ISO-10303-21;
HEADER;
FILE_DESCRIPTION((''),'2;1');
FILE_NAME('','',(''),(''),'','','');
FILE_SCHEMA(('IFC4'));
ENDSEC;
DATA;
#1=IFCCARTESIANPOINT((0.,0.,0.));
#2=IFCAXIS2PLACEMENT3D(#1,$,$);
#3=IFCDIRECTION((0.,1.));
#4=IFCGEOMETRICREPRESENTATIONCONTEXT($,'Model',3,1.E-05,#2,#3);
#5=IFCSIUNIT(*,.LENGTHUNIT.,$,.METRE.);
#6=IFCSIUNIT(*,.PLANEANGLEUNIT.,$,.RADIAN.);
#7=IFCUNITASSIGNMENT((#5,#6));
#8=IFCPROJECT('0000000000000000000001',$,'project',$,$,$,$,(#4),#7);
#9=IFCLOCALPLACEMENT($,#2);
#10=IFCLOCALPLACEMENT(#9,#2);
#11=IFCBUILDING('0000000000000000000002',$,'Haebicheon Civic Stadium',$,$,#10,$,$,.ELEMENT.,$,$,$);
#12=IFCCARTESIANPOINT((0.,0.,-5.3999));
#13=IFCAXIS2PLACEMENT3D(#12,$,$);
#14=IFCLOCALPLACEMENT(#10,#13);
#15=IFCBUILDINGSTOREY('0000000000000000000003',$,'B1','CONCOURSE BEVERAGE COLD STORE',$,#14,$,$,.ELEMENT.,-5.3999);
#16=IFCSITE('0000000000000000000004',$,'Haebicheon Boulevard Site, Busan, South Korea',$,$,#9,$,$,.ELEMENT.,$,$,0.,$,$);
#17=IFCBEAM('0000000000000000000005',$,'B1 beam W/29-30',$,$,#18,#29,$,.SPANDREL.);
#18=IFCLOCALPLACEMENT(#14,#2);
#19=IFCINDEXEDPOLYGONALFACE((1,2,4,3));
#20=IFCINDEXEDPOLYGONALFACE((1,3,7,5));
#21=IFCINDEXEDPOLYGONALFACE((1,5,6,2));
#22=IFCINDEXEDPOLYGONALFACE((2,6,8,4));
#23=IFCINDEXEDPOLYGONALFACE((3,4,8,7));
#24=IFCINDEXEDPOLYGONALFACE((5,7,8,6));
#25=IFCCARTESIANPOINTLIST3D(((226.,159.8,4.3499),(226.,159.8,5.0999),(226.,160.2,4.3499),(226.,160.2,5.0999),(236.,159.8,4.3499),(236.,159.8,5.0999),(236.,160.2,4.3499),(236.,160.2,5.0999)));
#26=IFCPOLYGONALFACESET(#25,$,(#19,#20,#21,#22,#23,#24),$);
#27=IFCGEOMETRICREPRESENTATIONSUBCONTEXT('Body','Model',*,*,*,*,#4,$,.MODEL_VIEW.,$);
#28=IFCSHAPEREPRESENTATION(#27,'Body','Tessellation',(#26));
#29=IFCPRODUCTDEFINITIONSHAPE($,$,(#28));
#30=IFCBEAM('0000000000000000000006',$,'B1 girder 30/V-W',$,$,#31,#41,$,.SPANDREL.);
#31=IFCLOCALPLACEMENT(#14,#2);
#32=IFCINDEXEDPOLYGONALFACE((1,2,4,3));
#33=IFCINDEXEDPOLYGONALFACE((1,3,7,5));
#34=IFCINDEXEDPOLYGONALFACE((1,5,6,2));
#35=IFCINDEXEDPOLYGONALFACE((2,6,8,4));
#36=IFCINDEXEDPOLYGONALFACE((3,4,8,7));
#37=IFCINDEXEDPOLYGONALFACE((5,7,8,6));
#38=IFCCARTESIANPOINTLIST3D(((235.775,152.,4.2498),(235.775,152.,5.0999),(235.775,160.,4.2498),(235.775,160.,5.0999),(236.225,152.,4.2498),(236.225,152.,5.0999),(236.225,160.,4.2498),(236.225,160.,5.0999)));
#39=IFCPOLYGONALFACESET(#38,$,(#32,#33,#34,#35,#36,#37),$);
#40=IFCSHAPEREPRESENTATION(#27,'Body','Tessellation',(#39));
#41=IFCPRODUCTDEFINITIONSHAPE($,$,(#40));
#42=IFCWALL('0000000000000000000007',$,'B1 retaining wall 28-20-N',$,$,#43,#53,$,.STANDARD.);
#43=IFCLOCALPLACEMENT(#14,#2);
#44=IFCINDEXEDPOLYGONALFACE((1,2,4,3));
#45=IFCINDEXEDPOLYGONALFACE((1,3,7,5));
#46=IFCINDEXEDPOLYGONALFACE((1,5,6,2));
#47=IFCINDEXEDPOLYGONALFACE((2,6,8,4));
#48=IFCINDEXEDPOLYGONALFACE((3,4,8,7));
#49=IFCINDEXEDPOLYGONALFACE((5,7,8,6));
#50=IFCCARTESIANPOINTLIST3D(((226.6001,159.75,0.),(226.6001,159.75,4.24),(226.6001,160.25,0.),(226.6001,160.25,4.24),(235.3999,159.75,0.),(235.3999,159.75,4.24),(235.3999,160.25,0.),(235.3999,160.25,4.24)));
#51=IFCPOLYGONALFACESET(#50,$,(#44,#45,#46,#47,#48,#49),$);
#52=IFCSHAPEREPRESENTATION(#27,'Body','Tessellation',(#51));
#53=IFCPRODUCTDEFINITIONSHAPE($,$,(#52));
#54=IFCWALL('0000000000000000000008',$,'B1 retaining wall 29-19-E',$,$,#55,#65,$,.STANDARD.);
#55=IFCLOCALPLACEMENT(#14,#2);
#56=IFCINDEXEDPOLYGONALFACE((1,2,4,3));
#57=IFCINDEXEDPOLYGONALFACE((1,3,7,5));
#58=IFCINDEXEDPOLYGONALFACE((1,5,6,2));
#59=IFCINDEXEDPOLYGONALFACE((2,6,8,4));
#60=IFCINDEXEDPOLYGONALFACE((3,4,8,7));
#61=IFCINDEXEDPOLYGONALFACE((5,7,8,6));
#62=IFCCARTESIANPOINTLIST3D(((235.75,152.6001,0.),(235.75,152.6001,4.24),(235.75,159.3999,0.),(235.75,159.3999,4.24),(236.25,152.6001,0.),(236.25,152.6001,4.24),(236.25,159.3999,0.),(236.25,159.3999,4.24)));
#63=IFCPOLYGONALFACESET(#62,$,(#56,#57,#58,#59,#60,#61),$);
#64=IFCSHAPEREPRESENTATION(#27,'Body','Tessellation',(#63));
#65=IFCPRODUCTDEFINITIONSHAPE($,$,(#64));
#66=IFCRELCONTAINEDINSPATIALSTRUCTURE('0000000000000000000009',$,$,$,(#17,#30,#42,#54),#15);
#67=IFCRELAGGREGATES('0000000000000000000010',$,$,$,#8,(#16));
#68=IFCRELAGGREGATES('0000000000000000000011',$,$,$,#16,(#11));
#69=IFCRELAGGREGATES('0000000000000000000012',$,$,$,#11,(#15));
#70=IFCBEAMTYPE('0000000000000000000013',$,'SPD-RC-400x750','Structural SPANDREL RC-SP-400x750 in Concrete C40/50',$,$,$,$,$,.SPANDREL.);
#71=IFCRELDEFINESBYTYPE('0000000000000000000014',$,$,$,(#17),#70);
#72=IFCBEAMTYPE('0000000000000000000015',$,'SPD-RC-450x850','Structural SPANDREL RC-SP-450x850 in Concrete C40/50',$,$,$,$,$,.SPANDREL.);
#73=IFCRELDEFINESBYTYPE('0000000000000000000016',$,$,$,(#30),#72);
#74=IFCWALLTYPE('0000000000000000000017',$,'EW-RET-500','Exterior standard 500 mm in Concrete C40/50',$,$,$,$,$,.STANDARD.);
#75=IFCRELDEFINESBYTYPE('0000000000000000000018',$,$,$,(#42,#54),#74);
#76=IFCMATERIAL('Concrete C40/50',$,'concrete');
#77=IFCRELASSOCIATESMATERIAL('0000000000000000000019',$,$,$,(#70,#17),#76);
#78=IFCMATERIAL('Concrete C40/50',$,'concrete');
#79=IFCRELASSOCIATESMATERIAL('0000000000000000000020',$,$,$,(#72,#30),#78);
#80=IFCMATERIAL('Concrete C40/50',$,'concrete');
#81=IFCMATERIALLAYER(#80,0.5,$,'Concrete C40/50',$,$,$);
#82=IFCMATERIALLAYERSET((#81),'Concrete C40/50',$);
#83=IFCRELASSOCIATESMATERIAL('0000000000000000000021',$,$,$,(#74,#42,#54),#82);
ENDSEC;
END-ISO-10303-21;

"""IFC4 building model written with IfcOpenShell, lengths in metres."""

from ifc_helpers import new_model, si_unit, direction, frame, frame_2d, origin, origin_2d, place, context, subcontext, project, spatial, rectangle, extrude, material, layer, layer_set, material_profile, profile_set, type_object, element, save


model = new_model("IFC4")

# Units and contexts
model_context = context("Model", 3, precision=1e-05, world=origin(), true_north=direction((0.0, 1.0)))
body_context = subcontext(model_context, "Body", "Model", "MODEL_VIEW")
ifc_project = project(units=[si_unit("LENGTHUNIT", "METRE"), si_unit("PLANEANGLEUNIT", "RADIAN")], contexts=[model_context])

# Site, building, storey
site_placement = place(None, origin())
site = spatial("IfcSite", under=ifc_project, at=site_placement, Name="Haebicheon Boulevard Site, Busan, South Korea", CompositionType="ELEMENT", RefElevation=0.0)
building_placement = place(site_placement, origin())
building = spatial("IfcBuilding", under=site, at=building_placement, Name="Haebicheon Civic Stadium", CompositionType="ELEMENT")
storey_placement = place(building_placement, frame((0.0, 0.0, -5.3999)))
storey = spatial("IfcBuildingStorey", under=building, at=storey_placement, Name="B1", Description="CONCOURSE BEVERAGE COLD STORE", CompositionType="ELEMENT", Elevation=-5.3999)

# Beams
ifc_material_1 = material(Name="Concrete C40/50", Category="concrete")
ifc_material_profile_1 = material_profile(ifc_material_1, rectangle(XDim=0.3999, YDim=0.75, at=origin_2d()), Name="RC-SP-400x750")
ifc_profile_set_1 = profile_set([ifc_material_profile_1], Name="Concrete C40/50")
beam_type_1 = type_object("IfcBeamType", Name="SPD-RC-400x750", Description="Structural SPANDREL RC-SP-400x750 in Concrete C40/50", PredefinedType="SPANDREL", material=ifc_profile_set_1)
beam_1_placement = place(storey_placement, frame((226.0, 160.0, 4.7249), z_axis=(1.0, 0.0, 0.0), x_axis=(0.0, 1.0, 0.0)))
element("IfcBeam", 1, at=beam_1_placement, inside=storey, type_object=beam_type_1, material=ifc_profile_set_1, Name="B1 beam W/29-30", PredefinedType="SPANDREL", context=body_context, shape_type="SweptSolid", body=[
    extrude(rectangle(XDim=0.3999, YDim=0.75, at=origin_2d()), origin(), (0.0, 0.0, 1.0), 10.0),
])
ifc_material_2 = material(Name="Concrete C40/50", Category="concrete")
ifc_material_profile_2 = material_profile(ifc_material_2, rectangle(XDim=0.45, YDim=0.8501, at=origin_2d()), Name="RC-SP-450x850")
ifc_profile_set_2 = profile_set([ifc_material_profile_2], Name="Concrete C40/50")
beam_type_2 = type_object("IfcBeamType", Name="SPD-RC-450x850", Description="Structural SPANDREL RC-SP-450x850 in Concrete C40/50", PredefinedType="SPANDREL", material=ifc_profile_set_2)
beam_2_placement = place(storey_placement, frame((236.0, 152.0, 4.6748), z_axis=(0.0, 1.0, 0.0), x_axis=(-1.0, 0.0, 0.0)))
element("IfcBeam", 2, at=beam_2_placement, inside=storey, type_object=beam_type_2, material=ifc_profile_set_2, Name="B1 girder 30/V-W", PredefinedType="SPANDREL", context=body_context, shape_type="SweptSolid", body=[
    extrude(rectangle(XDim=0.45, YDim=0.8501, at=origin_2d()), origin(), (0.0, 0.0, 1.0), 8.0),
])

# Walls
ifc_material_3 = material(Name="Concrete C40/50", Category="concrete")
ifc_layer_1 = layer(ifc_material_3, 0.5, Name="Concrete C40/50")
ifc_layer_set_1 = layer_set([ifc_layer_1], Name="Concrete C40/50")
wall_type = type_object("IfcWallType", Name="EW-RET-500", Description="Exterior standard 500 mm in Concrete C40/50", PredefinedType="STANDARD", material=ifc_layer_set_1)
wall_1_placement = place(storey_placement, frame((226.6001, 160.0, 0.0), z_axis=(0.0, 0.0, 1.0), x_axis=(1.0, 0.0, 0.0)))
element("IfcWall", 3, at=wall_1_placement, inside=storey, type_object=wall_type, material=ifc_layer_set_1, Name="B1 retaining wall 28-20-N", PredefinedType="STANDARD", context=body_context, shape_type="SweptSolid", body=[
    extrude(rectangle(XDim=8.7998, YDim=0.5, at=frame_2d((4.3999, 0.0))), origin(), (0.0, 0.0, 1.0), 4.24),
])
wall_2_placement = place(storey_placement, frame((236.0, 152.6001, 0.0), z_axis=(0.0, 0.0, 1.0), x_axis=(0.0, 1.0, 0.0)))
element("IfcWall", 4, at=wall_2_placement, inside=storey, type_object=wall_type, material=ifc_layer_set_1, Name="B1 retaining wall 29-19-E", PredefinedType="STANDARD", context=body_context, shape_type="SweptSolid", body=[
    extrude(rectangle(XDim=6.7998, YDim=0.5, at=frame_2d((3.3999, 0.0))), origin(), (0.0, 0.0, 1.0), 4.24),
])

save(model, "model.ifc")
